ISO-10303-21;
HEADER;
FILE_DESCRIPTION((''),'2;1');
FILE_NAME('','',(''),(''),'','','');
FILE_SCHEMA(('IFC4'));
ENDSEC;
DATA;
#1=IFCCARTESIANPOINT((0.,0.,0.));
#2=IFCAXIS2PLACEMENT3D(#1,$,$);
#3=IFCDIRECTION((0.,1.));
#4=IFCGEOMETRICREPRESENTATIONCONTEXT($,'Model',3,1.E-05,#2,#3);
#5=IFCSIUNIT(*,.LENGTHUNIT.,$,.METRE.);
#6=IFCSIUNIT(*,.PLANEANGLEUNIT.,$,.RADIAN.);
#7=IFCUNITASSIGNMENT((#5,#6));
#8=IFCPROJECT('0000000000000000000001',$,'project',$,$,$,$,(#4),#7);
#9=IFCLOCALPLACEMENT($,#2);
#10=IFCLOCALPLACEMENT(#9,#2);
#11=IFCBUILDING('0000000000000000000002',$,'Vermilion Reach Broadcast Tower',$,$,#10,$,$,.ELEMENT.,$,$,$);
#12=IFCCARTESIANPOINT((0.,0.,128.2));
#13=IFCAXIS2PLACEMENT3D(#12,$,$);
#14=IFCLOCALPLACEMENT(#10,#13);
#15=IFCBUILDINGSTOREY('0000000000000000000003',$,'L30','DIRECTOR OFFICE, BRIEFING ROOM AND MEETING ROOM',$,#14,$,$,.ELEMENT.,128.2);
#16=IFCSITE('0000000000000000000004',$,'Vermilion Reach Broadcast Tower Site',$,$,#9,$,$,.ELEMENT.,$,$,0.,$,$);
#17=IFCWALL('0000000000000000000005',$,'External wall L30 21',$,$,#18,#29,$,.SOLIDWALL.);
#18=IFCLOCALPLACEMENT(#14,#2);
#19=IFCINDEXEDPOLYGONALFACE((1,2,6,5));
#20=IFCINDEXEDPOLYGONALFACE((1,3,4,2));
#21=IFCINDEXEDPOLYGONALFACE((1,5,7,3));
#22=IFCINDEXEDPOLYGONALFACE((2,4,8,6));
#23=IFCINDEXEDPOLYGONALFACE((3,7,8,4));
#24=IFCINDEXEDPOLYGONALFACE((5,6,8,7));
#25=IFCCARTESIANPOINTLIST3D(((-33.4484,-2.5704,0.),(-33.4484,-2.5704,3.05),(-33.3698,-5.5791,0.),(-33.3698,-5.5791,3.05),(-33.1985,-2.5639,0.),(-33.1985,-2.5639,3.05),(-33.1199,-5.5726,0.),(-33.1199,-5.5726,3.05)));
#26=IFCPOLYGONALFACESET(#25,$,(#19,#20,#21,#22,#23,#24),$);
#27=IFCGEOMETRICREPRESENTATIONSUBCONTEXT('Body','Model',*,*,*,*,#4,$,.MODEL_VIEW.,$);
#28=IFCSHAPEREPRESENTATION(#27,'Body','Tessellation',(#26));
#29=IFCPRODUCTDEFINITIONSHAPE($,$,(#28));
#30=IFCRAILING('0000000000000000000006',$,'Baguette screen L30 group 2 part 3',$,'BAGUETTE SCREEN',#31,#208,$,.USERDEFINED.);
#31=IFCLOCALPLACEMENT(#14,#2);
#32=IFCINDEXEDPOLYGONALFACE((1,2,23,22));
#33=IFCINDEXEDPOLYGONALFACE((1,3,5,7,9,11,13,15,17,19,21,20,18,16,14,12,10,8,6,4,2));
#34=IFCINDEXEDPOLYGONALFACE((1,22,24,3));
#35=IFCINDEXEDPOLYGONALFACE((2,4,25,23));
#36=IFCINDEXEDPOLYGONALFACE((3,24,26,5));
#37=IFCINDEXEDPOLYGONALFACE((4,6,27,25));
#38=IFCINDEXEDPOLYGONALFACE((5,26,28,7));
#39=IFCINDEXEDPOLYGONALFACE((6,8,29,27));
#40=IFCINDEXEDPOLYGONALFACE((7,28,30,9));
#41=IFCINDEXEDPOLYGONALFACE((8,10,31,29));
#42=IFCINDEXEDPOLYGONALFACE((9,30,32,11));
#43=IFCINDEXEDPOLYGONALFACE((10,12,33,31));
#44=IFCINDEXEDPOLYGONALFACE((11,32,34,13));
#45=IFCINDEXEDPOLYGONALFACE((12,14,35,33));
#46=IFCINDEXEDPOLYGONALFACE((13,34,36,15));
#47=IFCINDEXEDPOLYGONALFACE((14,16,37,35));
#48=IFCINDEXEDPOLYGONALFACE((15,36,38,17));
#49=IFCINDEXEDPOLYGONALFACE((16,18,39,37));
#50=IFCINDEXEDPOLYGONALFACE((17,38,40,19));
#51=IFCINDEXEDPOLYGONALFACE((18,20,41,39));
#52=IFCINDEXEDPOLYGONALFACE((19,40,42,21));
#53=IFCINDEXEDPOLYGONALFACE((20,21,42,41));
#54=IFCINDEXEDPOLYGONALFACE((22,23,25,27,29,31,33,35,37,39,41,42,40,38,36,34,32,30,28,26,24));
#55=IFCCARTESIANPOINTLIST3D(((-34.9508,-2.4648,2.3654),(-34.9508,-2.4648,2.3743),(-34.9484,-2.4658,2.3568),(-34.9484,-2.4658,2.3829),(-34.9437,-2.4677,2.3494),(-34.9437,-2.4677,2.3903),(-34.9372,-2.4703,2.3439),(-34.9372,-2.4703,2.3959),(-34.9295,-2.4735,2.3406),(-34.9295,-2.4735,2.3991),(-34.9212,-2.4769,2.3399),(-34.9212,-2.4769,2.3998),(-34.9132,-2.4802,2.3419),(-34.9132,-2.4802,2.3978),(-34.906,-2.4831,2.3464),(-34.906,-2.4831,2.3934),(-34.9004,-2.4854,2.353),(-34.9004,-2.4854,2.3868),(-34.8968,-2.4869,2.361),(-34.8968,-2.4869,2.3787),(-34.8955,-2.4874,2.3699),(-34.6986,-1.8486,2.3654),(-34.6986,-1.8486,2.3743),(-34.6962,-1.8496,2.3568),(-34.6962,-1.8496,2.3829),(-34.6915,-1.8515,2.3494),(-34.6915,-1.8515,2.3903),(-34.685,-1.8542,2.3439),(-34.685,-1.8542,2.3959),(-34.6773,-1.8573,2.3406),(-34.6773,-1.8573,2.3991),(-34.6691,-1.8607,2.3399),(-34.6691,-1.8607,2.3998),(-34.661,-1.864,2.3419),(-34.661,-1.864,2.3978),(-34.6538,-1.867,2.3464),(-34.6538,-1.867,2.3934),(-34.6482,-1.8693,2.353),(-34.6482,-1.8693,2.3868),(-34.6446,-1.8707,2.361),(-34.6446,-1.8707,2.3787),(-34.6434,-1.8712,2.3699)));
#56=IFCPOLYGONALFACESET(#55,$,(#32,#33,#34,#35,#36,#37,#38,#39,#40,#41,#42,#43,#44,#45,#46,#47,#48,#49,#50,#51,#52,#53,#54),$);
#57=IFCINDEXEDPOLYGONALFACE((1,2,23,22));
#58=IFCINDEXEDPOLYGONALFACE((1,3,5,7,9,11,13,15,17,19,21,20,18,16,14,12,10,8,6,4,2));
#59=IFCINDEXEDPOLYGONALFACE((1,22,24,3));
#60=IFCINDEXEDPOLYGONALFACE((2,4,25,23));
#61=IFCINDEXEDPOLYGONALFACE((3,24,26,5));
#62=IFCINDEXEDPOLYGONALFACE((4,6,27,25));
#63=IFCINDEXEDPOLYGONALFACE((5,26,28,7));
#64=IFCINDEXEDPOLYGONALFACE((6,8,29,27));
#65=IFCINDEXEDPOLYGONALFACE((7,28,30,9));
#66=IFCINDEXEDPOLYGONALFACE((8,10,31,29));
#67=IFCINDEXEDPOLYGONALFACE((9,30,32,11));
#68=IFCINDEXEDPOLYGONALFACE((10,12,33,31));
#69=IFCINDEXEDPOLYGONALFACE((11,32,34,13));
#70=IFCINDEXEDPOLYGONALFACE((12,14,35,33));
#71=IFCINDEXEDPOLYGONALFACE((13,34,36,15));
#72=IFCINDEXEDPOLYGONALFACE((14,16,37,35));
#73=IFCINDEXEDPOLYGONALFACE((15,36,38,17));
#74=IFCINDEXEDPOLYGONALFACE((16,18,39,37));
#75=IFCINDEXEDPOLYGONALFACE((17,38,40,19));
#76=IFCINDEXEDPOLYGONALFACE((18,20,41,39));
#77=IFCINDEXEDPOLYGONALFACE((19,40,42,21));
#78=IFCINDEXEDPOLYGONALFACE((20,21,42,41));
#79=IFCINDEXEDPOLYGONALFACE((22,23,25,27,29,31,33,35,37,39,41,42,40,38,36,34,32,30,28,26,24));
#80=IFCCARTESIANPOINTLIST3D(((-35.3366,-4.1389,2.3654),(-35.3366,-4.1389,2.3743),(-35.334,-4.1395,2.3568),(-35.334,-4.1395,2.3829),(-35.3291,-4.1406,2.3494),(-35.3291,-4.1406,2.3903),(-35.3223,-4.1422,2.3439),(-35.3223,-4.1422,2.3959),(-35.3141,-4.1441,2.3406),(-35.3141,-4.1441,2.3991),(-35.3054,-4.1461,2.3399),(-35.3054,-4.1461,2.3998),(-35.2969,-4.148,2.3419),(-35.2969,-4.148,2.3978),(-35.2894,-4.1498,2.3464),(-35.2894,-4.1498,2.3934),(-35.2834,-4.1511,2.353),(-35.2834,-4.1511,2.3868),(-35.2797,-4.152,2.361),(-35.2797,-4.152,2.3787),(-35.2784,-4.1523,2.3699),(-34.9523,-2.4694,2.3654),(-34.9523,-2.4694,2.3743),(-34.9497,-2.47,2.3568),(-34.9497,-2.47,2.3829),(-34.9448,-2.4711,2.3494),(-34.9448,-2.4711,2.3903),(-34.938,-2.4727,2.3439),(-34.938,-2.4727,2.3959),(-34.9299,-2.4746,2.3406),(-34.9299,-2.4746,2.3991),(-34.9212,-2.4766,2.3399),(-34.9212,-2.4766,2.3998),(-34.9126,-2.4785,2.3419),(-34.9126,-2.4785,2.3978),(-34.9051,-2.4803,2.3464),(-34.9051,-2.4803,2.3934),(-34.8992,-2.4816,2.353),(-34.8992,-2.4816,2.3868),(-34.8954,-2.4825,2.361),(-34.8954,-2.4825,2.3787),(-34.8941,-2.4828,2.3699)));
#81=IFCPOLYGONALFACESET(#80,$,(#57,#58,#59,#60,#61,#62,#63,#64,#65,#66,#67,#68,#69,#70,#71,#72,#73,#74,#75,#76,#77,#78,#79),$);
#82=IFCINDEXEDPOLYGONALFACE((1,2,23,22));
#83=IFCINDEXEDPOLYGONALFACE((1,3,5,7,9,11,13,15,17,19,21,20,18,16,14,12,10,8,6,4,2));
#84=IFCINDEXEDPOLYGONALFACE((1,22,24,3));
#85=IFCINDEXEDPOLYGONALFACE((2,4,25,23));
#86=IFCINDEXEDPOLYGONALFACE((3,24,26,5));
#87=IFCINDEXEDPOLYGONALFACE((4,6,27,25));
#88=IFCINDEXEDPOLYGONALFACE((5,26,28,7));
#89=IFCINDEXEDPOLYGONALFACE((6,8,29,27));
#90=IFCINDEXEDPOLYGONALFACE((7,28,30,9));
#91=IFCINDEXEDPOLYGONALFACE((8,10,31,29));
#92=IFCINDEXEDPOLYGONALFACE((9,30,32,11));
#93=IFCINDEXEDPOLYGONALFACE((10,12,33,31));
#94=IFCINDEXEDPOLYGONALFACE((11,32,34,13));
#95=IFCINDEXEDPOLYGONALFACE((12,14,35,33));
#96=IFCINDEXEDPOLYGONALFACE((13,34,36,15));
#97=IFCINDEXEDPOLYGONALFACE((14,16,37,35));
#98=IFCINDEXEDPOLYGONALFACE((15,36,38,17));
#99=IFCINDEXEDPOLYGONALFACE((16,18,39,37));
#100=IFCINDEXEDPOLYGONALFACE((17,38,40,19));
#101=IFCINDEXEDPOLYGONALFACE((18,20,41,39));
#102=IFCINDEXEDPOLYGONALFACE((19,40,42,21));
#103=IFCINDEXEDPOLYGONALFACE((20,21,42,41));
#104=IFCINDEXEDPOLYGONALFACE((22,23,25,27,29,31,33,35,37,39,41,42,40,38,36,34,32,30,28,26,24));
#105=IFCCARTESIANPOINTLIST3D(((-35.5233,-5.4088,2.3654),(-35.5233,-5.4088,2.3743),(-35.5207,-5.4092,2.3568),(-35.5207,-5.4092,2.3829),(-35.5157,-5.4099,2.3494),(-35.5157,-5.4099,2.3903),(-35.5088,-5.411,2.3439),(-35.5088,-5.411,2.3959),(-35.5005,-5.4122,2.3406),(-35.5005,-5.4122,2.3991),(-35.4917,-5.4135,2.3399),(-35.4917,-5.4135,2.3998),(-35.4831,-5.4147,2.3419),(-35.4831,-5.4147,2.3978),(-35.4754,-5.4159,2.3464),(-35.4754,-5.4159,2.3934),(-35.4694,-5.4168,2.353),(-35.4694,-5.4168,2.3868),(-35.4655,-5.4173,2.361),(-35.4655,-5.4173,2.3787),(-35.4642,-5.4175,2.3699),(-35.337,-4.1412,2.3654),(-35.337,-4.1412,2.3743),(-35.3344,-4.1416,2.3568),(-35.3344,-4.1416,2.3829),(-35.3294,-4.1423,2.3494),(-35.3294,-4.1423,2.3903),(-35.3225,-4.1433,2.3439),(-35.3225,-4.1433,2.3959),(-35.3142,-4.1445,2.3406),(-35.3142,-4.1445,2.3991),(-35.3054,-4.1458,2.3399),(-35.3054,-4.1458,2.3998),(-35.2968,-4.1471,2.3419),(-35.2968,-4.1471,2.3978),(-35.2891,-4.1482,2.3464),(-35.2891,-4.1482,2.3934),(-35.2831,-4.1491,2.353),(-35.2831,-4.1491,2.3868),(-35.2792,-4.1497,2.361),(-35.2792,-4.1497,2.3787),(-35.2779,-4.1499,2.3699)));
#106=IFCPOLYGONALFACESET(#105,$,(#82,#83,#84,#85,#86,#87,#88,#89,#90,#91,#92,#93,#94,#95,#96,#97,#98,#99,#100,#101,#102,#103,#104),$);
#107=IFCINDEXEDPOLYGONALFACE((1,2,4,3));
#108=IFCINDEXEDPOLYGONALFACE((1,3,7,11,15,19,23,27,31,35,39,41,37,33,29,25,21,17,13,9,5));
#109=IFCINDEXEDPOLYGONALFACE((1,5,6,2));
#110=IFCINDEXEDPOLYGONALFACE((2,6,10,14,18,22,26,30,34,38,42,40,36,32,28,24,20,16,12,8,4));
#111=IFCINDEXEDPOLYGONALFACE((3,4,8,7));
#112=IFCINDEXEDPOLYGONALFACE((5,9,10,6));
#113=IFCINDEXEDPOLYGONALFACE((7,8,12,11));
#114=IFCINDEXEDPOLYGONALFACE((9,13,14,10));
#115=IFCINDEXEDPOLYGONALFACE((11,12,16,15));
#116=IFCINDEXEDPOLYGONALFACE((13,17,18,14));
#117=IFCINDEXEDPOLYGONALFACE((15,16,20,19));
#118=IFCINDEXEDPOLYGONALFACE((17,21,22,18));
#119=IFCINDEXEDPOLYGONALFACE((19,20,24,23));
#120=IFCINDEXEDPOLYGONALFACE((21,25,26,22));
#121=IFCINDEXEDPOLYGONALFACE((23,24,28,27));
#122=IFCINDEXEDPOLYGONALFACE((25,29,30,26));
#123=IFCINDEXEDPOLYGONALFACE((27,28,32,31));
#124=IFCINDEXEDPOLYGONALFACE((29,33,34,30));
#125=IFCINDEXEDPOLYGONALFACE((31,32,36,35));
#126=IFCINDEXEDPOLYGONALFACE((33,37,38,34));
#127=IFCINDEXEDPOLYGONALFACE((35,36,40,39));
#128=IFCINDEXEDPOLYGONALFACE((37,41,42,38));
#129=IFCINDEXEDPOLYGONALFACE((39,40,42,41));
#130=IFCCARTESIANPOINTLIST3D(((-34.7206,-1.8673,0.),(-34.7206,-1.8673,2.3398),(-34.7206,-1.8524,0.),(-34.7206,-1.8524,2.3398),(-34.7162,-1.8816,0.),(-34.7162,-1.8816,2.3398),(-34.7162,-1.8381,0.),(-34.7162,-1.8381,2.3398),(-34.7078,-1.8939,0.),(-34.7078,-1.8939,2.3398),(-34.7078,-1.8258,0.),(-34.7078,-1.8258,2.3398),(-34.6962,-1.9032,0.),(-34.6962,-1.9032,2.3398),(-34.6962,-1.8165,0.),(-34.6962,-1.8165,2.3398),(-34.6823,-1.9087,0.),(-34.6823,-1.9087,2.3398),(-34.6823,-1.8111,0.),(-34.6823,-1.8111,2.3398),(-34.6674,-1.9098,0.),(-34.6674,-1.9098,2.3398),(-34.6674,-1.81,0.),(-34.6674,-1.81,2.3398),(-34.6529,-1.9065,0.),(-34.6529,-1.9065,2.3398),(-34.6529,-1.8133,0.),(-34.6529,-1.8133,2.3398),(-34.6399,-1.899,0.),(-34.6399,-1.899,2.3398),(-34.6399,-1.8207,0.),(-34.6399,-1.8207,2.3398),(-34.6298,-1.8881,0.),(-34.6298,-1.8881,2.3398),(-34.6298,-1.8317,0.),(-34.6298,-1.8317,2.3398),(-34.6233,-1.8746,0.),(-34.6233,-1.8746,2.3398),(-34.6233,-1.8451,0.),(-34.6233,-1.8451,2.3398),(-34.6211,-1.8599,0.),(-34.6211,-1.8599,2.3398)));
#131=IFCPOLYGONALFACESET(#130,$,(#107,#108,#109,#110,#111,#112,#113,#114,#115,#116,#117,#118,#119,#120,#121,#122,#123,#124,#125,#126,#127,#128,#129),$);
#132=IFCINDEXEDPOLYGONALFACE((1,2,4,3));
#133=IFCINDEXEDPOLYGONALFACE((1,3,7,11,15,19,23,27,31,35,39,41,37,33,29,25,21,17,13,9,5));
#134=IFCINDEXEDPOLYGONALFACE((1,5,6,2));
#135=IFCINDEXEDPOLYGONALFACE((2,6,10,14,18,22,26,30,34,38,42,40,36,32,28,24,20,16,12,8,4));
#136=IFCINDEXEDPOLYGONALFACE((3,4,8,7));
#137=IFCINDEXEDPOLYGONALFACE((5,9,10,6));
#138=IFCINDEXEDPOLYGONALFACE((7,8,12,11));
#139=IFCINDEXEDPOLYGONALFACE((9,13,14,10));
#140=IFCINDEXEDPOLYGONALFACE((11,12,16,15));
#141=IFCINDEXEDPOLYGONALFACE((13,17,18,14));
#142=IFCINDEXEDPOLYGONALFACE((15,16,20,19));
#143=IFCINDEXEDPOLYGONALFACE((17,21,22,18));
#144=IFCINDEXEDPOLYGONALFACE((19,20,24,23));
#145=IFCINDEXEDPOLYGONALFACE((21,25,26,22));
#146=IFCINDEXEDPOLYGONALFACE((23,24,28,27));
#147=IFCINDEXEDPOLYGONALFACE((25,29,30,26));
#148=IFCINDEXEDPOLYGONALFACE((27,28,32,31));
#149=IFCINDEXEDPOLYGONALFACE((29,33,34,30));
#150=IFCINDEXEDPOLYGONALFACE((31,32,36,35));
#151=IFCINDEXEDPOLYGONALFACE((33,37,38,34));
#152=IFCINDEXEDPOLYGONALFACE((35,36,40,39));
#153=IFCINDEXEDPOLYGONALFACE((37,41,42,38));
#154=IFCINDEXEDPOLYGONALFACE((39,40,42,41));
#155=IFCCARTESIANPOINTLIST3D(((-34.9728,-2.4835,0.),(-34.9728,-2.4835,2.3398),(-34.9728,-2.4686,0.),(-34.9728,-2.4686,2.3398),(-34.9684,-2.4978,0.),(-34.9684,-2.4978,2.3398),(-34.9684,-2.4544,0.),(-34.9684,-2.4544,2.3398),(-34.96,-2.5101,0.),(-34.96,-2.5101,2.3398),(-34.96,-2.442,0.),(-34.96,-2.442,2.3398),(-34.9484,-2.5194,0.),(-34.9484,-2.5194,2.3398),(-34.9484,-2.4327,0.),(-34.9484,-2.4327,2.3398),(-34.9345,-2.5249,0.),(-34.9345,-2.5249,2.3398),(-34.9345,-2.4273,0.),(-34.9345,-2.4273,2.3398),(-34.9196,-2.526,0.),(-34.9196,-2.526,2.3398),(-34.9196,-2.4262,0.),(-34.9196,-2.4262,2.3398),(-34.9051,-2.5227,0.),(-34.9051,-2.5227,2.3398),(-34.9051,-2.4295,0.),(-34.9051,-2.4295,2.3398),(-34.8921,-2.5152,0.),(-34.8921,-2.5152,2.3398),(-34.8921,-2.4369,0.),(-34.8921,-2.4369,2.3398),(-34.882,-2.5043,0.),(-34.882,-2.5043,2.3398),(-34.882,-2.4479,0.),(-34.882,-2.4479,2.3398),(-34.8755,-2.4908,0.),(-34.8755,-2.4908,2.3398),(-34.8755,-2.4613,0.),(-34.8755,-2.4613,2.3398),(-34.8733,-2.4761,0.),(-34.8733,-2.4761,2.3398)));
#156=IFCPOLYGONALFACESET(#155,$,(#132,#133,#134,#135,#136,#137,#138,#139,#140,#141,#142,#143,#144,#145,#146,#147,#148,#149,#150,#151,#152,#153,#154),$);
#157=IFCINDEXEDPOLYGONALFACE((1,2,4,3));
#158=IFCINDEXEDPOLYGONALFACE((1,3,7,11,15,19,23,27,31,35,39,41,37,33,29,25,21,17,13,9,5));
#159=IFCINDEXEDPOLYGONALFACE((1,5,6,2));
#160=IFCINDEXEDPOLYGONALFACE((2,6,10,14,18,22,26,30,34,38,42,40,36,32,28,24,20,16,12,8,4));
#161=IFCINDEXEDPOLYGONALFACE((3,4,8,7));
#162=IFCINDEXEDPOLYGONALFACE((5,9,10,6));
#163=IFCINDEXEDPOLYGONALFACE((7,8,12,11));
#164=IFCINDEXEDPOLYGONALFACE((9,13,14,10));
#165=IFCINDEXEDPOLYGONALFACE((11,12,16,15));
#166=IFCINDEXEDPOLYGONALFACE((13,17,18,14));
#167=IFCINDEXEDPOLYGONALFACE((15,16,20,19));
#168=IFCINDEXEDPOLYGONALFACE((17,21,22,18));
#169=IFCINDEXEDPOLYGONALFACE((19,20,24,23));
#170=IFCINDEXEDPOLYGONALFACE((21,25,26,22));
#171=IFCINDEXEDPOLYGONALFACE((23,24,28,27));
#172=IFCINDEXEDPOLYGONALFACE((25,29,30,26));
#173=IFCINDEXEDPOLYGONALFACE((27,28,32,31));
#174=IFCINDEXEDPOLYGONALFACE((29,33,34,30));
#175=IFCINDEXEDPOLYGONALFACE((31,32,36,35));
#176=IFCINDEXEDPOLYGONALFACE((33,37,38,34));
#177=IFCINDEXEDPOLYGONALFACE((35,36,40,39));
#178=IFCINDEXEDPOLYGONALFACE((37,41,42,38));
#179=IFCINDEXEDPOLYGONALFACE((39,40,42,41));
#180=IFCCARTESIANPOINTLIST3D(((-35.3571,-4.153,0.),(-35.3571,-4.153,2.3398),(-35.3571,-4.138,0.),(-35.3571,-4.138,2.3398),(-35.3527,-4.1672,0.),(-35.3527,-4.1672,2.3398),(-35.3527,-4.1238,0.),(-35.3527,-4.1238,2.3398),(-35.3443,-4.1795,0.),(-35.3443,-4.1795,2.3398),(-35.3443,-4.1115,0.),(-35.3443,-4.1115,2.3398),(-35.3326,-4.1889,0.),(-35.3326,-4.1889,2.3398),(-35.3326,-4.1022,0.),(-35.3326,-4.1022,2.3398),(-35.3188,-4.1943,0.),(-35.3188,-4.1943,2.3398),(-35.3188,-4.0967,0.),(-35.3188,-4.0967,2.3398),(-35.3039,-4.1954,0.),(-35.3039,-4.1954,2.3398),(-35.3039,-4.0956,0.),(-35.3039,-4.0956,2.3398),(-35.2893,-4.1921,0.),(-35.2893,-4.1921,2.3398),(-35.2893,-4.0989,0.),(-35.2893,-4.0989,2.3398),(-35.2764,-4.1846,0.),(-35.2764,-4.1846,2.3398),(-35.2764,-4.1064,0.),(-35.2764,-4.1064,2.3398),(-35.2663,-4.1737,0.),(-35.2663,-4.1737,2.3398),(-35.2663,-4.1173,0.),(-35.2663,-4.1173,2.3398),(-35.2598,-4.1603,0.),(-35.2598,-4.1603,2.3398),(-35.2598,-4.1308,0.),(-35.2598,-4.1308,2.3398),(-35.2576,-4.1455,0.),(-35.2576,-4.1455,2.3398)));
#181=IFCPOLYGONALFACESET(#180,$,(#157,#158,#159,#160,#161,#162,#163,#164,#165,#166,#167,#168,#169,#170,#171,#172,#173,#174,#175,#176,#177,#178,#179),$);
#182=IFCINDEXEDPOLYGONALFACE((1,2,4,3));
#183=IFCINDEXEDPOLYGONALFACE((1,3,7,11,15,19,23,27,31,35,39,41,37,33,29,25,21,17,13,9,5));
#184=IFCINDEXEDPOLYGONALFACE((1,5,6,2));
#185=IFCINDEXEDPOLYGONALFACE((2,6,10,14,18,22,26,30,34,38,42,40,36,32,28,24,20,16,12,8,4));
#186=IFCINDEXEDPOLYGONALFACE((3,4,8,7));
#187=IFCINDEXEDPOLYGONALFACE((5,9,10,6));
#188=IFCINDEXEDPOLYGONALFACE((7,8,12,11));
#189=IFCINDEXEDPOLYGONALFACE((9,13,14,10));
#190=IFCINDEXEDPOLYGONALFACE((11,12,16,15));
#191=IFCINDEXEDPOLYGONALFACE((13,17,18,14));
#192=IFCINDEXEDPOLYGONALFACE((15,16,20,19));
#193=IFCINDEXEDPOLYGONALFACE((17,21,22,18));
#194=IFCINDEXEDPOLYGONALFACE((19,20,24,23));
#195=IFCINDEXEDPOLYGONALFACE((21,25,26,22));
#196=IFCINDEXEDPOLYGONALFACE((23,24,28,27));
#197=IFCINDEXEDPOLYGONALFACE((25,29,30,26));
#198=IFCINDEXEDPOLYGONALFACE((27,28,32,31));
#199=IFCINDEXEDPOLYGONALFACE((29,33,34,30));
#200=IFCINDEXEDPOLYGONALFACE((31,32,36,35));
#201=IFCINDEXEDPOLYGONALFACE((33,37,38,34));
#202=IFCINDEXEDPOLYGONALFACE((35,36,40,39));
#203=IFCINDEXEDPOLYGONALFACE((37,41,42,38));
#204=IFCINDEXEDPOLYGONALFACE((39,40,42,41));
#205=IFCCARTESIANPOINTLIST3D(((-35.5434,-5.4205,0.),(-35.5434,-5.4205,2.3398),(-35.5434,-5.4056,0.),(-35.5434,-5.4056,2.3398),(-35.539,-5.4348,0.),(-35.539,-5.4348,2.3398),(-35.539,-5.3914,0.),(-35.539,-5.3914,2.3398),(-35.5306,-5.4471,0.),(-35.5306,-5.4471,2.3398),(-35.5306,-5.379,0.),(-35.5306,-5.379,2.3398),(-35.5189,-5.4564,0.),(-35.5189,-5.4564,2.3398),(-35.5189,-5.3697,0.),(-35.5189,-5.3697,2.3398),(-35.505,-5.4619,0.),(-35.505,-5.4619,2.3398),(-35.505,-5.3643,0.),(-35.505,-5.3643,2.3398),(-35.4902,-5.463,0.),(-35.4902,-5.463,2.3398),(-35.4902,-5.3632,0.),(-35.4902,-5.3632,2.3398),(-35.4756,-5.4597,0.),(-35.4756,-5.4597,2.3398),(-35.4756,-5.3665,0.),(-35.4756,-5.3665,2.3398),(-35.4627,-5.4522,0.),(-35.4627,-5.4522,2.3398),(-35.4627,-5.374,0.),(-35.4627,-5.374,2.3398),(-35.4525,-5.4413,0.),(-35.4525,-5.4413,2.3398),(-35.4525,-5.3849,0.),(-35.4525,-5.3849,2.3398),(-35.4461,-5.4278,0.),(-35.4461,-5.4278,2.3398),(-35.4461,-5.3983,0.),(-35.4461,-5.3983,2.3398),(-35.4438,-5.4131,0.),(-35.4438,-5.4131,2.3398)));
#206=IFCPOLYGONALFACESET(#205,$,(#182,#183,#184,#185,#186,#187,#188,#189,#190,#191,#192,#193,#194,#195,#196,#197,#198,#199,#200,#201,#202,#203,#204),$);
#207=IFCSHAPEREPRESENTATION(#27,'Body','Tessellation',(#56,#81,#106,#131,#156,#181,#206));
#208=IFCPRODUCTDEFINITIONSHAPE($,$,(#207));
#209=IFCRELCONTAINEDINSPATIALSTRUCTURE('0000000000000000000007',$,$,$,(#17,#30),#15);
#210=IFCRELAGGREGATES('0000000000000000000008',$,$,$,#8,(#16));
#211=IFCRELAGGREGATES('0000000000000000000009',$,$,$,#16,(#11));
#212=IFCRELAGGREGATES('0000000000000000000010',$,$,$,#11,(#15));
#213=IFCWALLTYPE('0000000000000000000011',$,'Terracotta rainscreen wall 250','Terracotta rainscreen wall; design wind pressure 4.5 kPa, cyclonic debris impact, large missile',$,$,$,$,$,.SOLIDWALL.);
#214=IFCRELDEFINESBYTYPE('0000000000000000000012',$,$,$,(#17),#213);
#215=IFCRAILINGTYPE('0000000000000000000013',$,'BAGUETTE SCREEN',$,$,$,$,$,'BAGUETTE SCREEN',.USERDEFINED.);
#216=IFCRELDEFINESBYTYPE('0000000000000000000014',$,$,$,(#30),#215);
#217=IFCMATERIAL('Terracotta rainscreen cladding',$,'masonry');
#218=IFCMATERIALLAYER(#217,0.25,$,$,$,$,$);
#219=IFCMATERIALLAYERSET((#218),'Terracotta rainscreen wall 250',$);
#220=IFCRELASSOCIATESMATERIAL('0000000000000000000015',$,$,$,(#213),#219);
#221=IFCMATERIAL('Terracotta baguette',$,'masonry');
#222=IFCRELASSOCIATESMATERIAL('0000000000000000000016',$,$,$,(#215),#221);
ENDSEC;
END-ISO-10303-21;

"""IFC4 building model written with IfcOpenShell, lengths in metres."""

from ifc_helpers import new_model, si_unit, direction, frame, frame_2d, origin, origin_2d, place, context, subcontext, project, spatial, rectangle, circle, extrude, material, layer, layer_set, type_object, element, save


model = new_model("IFC4")

# Units and contexts
model_context = context("Model", 3, precision=1e-05, world=origin(), true_north=direction((0.0, 1.0)))
body_context = subcontext(model_context, "Body", "Model", "MODEL_VIEW")
ifc_project = project(units=[si_unit("LENGTHUNIT", "METRE"), si_unit("PLANEANGLEUNIT", "RADIAN")], contexts=[model_context])

# Site, building, storey
site_placement = place(None, origin())
site = spatial("IfcSite", under=ifc_project, at=site_placement, Name="Vermilion Reach Broadcast Tower Site", CompositionType="ELEMENT", RefElevation=0.0)
building_placement = place(site_placement, origin())
building = spatial("IfcBuilding", under=site, at=building_placement, Name="Vermilion Reach Broadcast Tower", CompositionType="ELEMENT")
storey_placement = place(building_placement, frame((0.0, 0.0, 128.2)))
storey = spatial("IfcBuildingStorey", under=building, at=storey_placement, Name="L30", Description="DIRECTOR OFFICE, BRIEFING ROOM AND MEETING ROOM", CompositionType="ELEMENT", Elevation=128.2)

# Shared definitions
ifc_material_1 = material(Name="Terracotta rainscreen cladding", Category="masonry")
ifc_layer_1 = layer(ifc_material_1, 0.25)
ifc_layer_set_1 = layer_set([ifc_layer_1], Name="Terracotta rainscreen wall 250")
wall_type_1 = type_object("IfcWallType", Name="Terracotta rainscreen wall 250", Description="Terracotta rainscreen wall; design wind pressure 4.5 kPa, cyclonic debris impact, large missile", PredefinedType="SOLIDWALL", material=ifc_layer_set_1)

# Wall
wall_1_placement = place(storey_placement, frame((-33.3235, -2.5671, 0.0), z_axis=(0.0, 0.0, 1.0), x_axis=(0.026119, -0.999659, 0.0)))
element("IfcWall", 1, at=wall_1_placement, inside=storey, type_object=wall_type_1, Name="External wall L30 21", PredefinedType="SOLIDWALL", context=body_context, shape_type="SweptSolid", body=[
    extrude(rectangle(XDim=3.0098, YDim=0.25, at=frame_2d((1.5049, 0.0))), origin(), (0.0, 0.0, 1.0), 3.05),
])

# Railing
ifc_material_2 = material(Name="Terracotta baguette", Category="masonry")
railing_type = type_object("IfcRailingType", Name="BAGUETTE SCREEN", ElementType="BAGUETTE SCREEN", PredefinedType="USERDEFINED", material=ifc_material_2)
railing_placement = place(storey_placement, frame((-34.6711, -1.8599, 0.0)))
element("IfcRailing", 2, at=railing_placement, inside=storey, type_object=railing_type, Name="Baguette screen L30 group 2 part 3", ObjectType="BAGUETTE SCREEN", PredefinedType="USERDEFINED", context=body_context, shape_type="SweptSolid", body=[
    extrude(circle(Radius=0.03, at=origin_2d()), frame((0.0, 0.0, 2.3699), z_axis=(-0.378776, -0.925489, 0.0), x_axis=(0.925489, -0.378776, 0.0)), (0.0, 0.0, 1.0), 0.6658),
    extrude(circle(Radius=0.03, at=origin_2d()), frame((-0.2522, -0.6162, 2.3699), z_axis=(-0.224318, -0.974516, 0.0), x_axis=(0.974516, -0.224318, 0.0)), (0.0, 0.0, 1.0), 1.7131),
    extrude(circle(Radius=0.03, at=origin_2d()), frame((-0.6365, -2.2856, 2.3699), z_axis=(-0.145395, -0.989374, 0.0), x_axis=(0.989374, -0.145395, 0.0)), (0.0, 0.0, 1.0), 1.2812),
    extrude(circle(Radius=0.05, at=origin_2d()), origin(), (0.0, 0.0, 1.0), 2.3398),
    extrude(circle(Radius=0.05, at=origin_2d()), frame((-0.2522, -0.6162, 0.0)), (0.0, 0.0, 1.0), 2.3398),
    extrude(circle(Radius=0.05, at=origin_2d()), frame((-0.6365, -2.2856, 0.0)), (0.0, 0.0, 1.0), 2.3398),
    extrude(circle(Radius=0.05, at=origin_2d()), frame((-0.8228, -3.5532, 0.0)), (0.0, 0.0, 1.0), 2.3398),
])

save(model, "model.ifc")
